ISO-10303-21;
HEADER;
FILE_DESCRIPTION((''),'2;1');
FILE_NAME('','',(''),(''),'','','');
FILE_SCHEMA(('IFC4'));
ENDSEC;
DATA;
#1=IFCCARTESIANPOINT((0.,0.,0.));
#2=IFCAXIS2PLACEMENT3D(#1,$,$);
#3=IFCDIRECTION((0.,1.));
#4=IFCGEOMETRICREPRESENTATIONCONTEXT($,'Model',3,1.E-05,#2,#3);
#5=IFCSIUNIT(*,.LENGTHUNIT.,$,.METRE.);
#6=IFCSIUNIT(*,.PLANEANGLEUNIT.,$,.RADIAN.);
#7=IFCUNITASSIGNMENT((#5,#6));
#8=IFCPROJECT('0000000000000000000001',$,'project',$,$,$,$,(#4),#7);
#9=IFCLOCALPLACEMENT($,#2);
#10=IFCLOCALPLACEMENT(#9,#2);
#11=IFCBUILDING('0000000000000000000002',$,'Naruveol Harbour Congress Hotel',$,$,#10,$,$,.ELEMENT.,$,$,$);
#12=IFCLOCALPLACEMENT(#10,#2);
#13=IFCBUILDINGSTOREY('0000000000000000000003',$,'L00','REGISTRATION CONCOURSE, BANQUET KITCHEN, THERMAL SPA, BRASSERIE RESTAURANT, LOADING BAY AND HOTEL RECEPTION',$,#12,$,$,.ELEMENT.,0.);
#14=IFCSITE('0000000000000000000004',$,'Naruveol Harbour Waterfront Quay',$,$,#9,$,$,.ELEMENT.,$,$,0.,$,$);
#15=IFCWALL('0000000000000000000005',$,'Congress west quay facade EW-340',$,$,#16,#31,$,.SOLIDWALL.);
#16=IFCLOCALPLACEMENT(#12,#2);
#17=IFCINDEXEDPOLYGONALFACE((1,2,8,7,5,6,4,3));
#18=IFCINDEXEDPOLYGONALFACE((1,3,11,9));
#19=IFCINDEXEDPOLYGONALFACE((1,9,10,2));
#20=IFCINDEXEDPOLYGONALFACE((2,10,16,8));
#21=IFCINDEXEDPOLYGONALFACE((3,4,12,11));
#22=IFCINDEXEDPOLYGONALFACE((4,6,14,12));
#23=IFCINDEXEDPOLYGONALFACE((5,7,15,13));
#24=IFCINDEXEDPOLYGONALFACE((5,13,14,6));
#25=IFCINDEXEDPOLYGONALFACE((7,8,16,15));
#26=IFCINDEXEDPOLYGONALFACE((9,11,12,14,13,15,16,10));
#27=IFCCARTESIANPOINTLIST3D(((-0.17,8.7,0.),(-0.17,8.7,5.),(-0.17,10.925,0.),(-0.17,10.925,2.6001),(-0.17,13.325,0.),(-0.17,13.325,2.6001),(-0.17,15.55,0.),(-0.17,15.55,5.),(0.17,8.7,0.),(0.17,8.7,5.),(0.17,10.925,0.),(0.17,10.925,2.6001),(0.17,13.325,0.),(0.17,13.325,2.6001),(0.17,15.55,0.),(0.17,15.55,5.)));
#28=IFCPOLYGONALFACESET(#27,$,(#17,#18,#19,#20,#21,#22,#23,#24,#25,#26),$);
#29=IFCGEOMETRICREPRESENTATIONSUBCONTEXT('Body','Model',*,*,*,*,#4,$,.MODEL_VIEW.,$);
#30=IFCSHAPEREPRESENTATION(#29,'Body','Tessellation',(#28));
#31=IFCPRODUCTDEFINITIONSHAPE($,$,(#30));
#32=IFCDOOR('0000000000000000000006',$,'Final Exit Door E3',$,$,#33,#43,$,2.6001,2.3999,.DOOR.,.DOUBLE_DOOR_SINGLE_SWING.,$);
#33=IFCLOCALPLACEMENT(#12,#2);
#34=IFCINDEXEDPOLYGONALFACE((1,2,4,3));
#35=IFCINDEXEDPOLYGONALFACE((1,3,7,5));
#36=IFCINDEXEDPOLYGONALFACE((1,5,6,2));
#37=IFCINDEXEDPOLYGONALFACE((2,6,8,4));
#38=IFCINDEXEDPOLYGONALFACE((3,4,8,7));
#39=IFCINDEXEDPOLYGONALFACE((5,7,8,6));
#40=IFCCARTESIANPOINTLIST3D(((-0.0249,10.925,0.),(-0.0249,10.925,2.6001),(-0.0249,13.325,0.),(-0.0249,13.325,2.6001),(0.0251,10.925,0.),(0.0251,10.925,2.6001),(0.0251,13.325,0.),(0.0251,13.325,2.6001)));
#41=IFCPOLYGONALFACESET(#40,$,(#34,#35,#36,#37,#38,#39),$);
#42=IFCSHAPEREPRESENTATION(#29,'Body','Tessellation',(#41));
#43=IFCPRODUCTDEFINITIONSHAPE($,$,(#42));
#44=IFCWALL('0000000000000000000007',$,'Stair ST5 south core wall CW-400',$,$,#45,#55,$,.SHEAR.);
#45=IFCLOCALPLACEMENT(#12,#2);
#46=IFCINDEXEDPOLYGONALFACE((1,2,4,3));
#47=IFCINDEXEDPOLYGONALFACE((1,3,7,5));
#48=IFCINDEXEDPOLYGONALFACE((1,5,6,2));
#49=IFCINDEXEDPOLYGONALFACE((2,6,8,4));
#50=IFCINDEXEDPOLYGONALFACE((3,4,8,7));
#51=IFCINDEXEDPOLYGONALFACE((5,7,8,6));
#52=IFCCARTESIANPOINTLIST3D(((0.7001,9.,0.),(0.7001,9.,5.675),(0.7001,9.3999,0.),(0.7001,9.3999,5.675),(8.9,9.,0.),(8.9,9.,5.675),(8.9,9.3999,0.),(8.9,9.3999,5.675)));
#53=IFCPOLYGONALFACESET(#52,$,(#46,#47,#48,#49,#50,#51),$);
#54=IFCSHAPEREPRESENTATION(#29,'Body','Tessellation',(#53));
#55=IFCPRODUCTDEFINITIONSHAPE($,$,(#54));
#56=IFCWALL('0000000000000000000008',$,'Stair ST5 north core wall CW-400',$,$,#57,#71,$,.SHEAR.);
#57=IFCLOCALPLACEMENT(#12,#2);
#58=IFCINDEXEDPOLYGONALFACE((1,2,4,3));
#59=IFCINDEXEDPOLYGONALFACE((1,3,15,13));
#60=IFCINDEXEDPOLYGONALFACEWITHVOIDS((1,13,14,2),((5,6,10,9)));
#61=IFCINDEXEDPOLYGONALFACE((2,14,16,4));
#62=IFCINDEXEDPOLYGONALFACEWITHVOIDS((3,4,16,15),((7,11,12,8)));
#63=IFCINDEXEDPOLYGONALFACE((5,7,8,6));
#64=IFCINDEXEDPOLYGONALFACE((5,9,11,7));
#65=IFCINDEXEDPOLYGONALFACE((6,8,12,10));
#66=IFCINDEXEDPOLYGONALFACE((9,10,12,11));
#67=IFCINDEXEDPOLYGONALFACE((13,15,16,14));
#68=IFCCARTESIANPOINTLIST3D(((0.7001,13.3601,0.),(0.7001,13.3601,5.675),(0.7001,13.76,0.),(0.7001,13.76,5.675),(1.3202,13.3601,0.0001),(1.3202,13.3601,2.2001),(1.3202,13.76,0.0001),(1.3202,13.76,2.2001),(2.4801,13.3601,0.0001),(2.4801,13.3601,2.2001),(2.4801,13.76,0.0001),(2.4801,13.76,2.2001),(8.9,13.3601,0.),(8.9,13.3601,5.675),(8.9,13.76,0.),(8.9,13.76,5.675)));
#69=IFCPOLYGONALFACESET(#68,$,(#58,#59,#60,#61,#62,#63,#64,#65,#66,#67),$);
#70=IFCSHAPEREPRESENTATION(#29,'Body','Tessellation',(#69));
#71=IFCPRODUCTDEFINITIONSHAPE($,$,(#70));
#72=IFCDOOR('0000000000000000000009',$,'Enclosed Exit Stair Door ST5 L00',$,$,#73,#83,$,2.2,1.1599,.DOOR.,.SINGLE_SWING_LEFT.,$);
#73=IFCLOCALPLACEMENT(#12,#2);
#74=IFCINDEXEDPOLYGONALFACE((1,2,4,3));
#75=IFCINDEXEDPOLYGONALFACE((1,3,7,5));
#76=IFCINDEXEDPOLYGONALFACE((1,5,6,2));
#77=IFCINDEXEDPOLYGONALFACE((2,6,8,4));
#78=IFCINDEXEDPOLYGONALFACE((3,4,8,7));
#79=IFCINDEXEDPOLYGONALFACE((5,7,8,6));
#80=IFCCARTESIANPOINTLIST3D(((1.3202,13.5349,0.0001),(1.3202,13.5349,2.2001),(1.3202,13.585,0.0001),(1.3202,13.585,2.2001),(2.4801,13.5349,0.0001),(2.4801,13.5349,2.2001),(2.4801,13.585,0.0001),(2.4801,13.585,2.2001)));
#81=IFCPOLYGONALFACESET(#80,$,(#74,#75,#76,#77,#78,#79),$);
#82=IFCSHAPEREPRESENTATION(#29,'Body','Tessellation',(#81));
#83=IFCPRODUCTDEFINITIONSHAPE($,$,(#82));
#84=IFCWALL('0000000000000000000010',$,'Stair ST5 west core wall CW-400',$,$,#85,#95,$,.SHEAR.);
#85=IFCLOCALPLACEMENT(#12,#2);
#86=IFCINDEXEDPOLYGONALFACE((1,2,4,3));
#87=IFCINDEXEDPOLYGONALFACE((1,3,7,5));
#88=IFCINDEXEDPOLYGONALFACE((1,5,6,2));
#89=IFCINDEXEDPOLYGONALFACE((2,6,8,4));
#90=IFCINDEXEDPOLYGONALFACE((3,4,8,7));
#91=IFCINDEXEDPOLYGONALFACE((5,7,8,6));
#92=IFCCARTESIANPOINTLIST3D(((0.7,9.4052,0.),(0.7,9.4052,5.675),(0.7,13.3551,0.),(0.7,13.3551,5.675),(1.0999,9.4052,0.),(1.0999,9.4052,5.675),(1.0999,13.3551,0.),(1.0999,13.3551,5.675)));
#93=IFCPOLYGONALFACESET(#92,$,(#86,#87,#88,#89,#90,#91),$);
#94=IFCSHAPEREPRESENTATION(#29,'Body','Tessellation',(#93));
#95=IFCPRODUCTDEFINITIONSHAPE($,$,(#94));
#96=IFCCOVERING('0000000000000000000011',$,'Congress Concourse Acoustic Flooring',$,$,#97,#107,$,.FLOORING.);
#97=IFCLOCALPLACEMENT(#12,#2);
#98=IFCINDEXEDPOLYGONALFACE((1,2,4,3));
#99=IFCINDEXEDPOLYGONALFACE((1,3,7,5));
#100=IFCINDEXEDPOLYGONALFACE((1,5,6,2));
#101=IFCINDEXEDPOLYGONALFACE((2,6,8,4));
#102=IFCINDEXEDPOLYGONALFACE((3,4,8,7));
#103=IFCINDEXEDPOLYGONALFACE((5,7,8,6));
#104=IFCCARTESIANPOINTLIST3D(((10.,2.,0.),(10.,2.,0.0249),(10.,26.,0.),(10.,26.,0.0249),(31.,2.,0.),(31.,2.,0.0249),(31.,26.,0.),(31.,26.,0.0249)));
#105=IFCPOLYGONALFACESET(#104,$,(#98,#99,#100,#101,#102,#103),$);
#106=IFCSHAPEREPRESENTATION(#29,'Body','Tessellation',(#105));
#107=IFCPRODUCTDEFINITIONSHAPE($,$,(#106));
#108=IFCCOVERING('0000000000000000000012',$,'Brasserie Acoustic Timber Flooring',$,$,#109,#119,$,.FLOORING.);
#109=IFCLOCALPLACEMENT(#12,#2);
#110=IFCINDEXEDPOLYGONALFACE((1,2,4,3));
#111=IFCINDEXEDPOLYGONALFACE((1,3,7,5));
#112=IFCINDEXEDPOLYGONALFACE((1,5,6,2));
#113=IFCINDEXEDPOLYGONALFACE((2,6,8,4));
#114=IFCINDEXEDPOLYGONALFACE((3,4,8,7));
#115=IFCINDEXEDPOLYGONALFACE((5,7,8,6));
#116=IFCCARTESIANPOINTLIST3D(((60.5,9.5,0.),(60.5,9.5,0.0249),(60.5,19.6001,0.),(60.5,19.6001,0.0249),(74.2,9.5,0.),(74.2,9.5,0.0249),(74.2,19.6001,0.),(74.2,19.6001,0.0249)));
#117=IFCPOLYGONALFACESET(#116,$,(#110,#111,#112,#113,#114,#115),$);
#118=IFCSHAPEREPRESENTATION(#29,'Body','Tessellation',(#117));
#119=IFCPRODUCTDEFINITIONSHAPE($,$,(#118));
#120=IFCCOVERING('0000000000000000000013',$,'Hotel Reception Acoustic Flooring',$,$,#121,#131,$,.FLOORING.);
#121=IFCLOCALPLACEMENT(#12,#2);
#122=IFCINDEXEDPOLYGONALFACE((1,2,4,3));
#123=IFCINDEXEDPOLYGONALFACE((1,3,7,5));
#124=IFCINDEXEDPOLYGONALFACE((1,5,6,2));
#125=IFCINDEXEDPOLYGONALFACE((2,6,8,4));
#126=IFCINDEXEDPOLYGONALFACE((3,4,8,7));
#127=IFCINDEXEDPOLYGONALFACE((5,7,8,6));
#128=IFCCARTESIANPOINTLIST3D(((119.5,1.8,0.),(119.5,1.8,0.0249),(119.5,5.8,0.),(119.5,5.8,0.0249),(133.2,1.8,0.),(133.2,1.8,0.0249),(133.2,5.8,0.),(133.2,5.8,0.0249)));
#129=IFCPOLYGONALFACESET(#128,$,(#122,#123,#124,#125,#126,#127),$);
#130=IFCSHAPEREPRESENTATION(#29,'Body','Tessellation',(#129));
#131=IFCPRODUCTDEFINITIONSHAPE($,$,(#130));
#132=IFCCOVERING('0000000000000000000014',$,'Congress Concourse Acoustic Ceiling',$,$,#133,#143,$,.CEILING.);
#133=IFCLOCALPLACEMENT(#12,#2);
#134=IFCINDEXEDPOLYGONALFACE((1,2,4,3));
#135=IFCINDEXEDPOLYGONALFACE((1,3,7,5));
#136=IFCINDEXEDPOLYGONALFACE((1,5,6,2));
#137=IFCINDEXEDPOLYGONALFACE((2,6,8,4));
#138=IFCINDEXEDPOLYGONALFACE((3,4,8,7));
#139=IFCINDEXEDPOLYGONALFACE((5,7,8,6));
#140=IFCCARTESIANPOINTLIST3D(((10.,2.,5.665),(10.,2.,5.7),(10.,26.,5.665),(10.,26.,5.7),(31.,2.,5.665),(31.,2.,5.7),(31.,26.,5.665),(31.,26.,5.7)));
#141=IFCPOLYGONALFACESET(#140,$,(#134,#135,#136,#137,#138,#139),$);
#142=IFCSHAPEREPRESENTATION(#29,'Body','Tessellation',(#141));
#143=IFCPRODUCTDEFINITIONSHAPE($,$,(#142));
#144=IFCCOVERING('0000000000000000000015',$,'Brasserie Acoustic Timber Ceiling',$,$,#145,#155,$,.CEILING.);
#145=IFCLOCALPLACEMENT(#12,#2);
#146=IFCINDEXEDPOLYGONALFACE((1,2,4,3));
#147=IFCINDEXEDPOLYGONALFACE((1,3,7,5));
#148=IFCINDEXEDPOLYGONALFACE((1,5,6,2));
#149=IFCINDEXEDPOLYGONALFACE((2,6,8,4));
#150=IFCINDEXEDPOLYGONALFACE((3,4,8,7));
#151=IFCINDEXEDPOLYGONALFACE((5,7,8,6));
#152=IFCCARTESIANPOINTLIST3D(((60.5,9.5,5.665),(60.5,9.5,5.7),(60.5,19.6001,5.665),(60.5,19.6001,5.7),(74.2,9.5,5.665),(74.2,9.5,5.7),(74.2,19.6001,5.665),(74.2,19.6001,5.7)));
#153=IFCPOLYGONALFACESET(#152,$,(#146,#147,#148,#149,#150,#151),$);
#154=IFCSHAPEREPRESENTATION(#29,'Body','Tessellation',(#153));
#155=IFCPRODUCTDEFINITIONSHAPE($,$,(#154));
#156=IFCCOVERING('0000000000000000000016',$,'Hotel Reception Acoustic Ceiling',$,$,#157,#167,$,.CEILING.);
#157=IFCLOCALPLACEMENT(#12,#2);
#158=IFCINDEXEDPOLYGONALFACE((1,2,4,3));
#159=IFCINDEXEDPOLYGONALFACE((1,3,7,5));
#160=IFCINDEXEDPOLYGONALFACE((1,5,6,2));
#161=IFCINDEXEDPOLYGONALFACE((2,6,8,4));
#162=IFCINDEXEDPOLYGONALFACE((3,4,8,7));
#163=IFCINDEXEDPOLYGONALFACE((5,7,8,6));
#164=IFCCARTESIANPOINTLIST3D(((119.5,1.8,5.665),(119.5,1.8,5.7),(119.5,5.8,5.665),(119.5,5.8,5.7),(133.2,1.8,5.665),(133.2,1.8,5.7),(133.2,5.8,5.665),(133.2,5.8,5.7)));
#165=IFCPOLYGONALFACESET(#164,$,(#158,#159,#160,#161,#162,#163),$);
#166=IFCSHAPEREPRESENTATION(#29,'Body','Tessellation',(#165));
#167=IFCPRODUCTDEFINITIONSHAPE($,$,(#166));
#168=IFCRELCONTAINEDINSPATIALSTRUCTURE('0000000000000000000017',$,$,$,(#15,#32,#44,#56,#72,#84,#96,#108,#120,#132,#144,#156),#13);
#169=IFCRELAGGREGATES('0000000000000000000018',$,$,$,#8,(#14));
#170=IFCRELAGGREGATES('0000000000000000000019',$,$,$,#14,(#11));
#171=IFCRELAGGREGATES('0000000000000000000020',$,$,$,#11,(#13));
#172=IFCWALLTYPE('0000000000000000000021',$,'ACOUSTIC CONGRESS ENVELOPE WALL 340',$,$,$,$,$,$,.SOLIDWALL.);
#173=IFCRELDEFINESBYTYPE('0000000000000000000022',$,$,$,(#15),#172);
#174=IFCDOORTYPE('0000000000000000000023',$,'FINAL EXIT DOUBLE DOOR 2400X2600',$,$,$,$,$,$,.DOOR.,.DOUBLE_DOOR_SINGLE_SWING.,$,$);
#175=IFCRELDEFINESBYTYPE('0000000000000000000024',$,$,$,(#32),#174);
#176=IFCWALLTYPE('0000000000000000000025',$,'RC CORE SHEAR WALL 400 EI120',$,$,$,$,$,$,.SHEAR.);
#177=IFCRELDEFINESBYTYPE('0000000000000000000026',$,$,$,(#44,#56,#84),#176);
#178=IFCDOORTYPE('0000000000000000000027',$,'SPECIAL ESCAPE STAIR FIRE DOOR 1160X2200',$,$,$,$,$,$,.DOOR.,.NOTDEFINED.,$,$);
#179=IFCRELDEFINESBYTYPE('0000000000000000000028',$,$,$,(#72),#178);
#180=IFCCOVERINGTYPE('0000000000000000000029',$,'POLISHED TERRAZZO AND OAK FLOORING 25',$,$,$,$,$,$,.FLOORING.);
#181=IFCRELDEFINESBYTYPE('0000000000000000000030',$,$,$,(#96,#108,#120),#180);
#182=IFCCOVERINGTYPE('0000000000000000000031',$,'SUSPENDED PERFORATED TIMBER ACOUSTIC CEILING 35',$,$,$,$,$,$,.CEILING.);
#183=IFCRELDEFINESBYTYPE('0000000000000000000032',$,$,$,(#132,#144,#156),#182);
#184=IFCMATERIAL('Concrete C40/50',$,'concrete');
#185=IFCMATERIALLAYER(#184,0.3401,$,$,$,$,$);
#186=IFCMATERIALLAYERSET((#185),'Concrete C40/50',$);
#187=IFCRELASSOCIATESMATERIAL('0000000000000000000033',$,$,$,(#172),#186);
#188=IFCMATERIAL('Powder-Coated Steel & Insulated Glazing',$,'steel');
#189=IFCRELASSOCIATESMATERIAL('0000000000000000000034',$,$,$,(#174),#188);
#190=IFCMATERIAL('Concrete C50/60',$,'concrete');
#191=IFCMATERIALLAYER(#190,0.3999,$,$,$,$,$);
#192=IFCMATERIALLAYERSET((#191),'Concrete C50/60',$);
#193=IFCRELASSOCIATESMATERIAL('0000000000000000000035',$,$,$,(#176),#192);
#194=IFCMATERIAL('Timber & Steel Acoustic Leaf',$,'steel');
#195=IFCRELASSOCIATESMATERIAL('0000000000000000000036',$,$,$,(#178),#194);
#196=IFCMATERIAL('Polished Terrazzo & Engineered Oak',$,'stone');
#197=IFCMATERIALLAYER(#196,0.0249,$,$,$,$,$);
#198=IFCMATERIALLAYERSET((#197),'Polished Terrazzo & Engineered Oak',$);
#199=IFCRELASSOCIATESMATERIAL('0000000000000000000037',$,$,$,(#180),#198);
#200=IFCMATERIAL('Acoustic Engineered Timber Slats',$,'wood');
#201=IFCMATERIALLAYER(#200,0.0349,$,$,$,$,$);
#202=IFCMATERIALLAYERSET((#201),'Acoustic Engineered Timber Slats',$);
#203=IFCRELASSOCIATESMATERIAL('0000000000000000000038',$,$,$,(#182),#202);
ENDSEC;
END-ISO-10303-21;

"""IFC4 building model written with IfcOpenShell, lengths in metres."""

from ifc_helpers import new_model, si_unit, direction, frame, frame_2d, origin, place, context, subcontext, project, spatial, polyline, rectangle, outline, extrude, material, layer, layer_set, type_object, element, fill, save


model = new_model("IFC4")

# Units and contexts
model_context = context("Model", 3, precision=1e-05, world=origin(), true_north=direction((0.0, 1.0)))
body_context = subcontext(model_context, "Body", "Model", "MODEL_VIEW")
ifc_project = project(units=[si_unit("LENGTHUNIT", "METRE"), si_unit("PLANEANGLEUNIT", "RADIAN")], contexts=[model_context])

# Site, building, storey
site_placement = place(None, origin())
site = spatial("IfcSite", under=ifc_project, at=site_placement, Name="Naruveol Harbour Waterfront Quay", CompositionType="ELEMENT", RefElevation=0.0)
building_placement = place(site_placement, origin())
building = spatial("IfcBuilding", under=site, at=building_placement, Name="Naruveol Harbour Congress Hotel", CompositionType="ELEMENT")
storey_placement = place(building_placement, origin())
storey = spatial("IfcBuildingStorey", under=building, at=storey_placement, Name="L00", Description="REGISTRATION CONCOURSE, BANQUET KITCHEN, THERMAL SPA, BRASSERIE RESTAURANT, LOADING BAY AND HOTEL RECEPTION", CompositionType="ELEMENT", Elevation=0.0)

# Shared definitions
ifc_material_1 = material(Name="Concrete C40/50", Category="concrete")
ifc_layer_1 = layer(ifc_material_1, 0.3401)
ifc_layer_set_1 = layer_set([ifc_layer_1], Name="Concrete C40/50")
wall_type_1 = type_object("IfcWallType", Name="ACOUSTIC CONGRESS ENVELOPE WALL 340", PredefinedType="SOLIDWALL", material=ifc_layer_set_1)

# Wall, opening, door
wall_1_placement = place(storey_placement, frame((0.0, 8.7, 0.0), z_axis=(0.0, 0.0, 1.0), x_axis=(0.0, 1.0, 0.0)))
wall_1 = element("IfcWall", 1, at=wall_1_placement, inside=storey, type_object=wall_type_1, Name="Congress west quay facade EW-340", PredefinedType="SOLIDWALL", context=body_context, shape_type="SweptSolid", body=[
    extrude(rectangle(XDim=6.8501, YDim=0.3401, at=frame_2d((3.425, 0.0))), origin(), (0.0, 0.0, 1.0), 5.0),
])
opening_1_placement = place(wall_1_placement, frame((2.2251, 0.0, 0.0)))
opening_1 = element("IfcOpeningElement", 2, at=opening_1_placement, cuts=wall_1, PredefinedType="OPENING", context=body_context, shape_type="SweptSolid", body=[
    extrude(rectangle(XDim=2.3999, YDim=2.6001, at=frame_2d((1.2, 1.3))), frame((0.0, 0.1799, 0.0), z_axis=(0.0, -1.0, 0.0), x_axis=(1.0, 0.0, 0.0)), (0.0, 0.0, 1.0), 0.3601),
])
ifc_material_2 = material(Name="Powder-Coated Steel & Insulated Glazing", Category="steel")
door_type_1 = type_object("IfcDoorType", Name="FINAL EXIT DOUBLE DOOR 2400X2600", OperationType="DOUBLE_DOOR_SINGLE_SWING", PredefinedType="DOOR", material=ifc_material_2)
door_1_placement = place(opening_1_placement, origin())
door_1 = element("IfcDoor", 3, at=door_1_placement, inside=storey, type_object=door_type_1, Name="Final Exit Door E3", OperationType="DOUBLE_DOOR_SINGLE_SWING", OverallHeight=2.6001, OverallWidth=2.3999, PredefinedType="DOOR", context=body_context, shape_type="SweptSolid", body=[
    extrude(rectangle(XDim=2.3999, YDim=2.6001, at=frame_2d((1.2, 1.3))), frame((0.0, 0.0249, 0.0), z_axis=(0.0, -1.0, 0.0), x_axis=(1.0, 0.0, 0.0)), (0.0, 0.0, 1.0), 0.05),
])
fill(opening_1, door_1)

# Wall
ifc_material_3 = material(Name="Concrete C50/60", Category="concrete")
ifc_layer_2 = layer(ifc_material_3, 0.3999)
ifc_layer_set_2 = layer_set([ifc_layer_2], Name="Concrete C50/60")
wall_type_2 = type_object("IfcWallType", Name="RC CORE SHEAR WALL 400 EI120", PredefinedType="SHEAR", material=ifc_layer_set_2)
wall_2_placement = place(storey_placement, frame((0.7, 9.2, 0.0), z_axis=(0.0, 0.0, 1.0), x_axis=(1.0, 0.0, 0.0)))
element("IfcWall", 4, at=wall_2_placement, inside=storey, type_object=wall_type_2, Name="Stair ST5 south core wall CW-400", PredefinedType="SHEAR", context=body_context, shape_type="SweptSolid", body=[
    extrude(rectangle(XDim=8.2, YDim=0.3999, at=frame_2d((4.1001, 0.0))), origin(), (0.0, 0.0, 1.0), 5.675),
])

# Wall, opening, door
wall_3_placement = place(storey_placement, frame((0.7, 13.5601, 0.0), z_axis=(0.0, 0.0, 1.0), x_axis=(1.0, 0.0, 0.0)))
wall_3 = element("IfcWall", 5, at=wall_3_placement, inside=storey, type_object=wall_type_2, Name="Stair ST5 north core wall CW-400", PredefinedType="SHEAR", context=body_context, shape_type="SweptSolid", body=[
    extrude(rectangle(XDim=8.2, YDim=0.3999, at=frame_2d((4.1001, 0.0))), origin(), (0.0, 0.0, 1.0), 5.675),
])
opening_2_placement = place(wall_3_placement, frame((0.6201, 0.0, 0.0)))
opening_2 = element("IfcOpeningElement", 6, at=opening_2_placement, cuts=wall_3, PredefinedType="OPENING", context=body_context, shape_type="SweptSolid", body=[
    extrude(rectangle(XDim=1.1599, YDim=2.2, at=frame_2d((0.5801, 1.1001))), frame((0.0, 0.21, 0.0), z_axis=(0.0, -1.0, 0.0), x_axis=(1.0, 0.0, 0.0)), (0.0, 0.0, 1.0), 0.4199),
])
ifc_material_4 = material(Name="Timber & Steel Acoustic Leaf", Category="steel")
door_type_2 = type_object("IfcDoorType", Name="SPECIAL ESCAPE STAIR FIRE DOOR 1160X2200", OperationType="NOTDEFINED", PredefinedType="DOOR", material=ifc_material_4)
door_2_placement = place(opening_2_placement, origin())
door_2 = element("IfcDoor", 7, at=door_2_placement, inside=storey, type_object=door_type_2, Name="Enclosed Exit Stair Door ST5 L00", OperationType="SINGLE_SWING_LEFT", OverallHeight=2.2, OverallWidth=1.1599, PredefinedType="DOOR", context=body_context, shape_type="SweptSolid", body=[
    extrude(rectangle(XDim=1.1599, YDim=2.2, at=frame_2d((0.5801, 1.1001))), frame((0.0, 0.0249, 0.0), z_axis=(0.0, -1.0, 0.0), x_axis=(1.0, 0.0, 0.0)), (0.0, 0.0, 1.0), 0.05),
])
fill(opening_2, door_2)

# Wall
wall_4_placement = place(storey_placement, frame((0.8999, 9.405, 0.0), z_axis=(0.0, 0.0, 1.0), x_axis=(0.0, 1.0, 0.0)))
element("IfcWall", 8, at=wall_4_placement, inside=storey, type_object=wall_type_2, Name="Stair ST5 west core wall CW-400", PredefinedType="SHEAR", context=body_context, shape_type="SweptSolid", body=[
    extrude(rectangle(XDim=3.95, YDim=0.3999, at=frame_2d((1.9751, 0.0))), origin(), (0.0, 0.0, 1.0), 5.675),
])

# Coverings
ifc_material_5 = material(Name="Polished Terrazzo & Engineered Oak", Category="stone")
ifc_layer_3 = layer(ifc_material_5, 0.0249)
ifc_layer_set_3 = layer_set([ifc_layer_3], Name="Polished Terrazzo & Engineered Oak")
covering_type_1 = type_object("IfcCoveringType", Name="POLISHED TERRAZZO AND OAK FLOORING 25", PredefinedType="FLOORING", material=ifc_layer_set_3)
covering_1_placement = place(storey_placement, origin())
element("IfcCovering", 9, at=covering_1_placement, inside=storey, type_object=covering_type_1, Name="Congress Concourse Acoustic Flooring", PredefinedType="FLOORING", context=body_context, shape_type="SweptSolid", body=[
    extrude(outline(polyline([(10.0, 2.0), (31.0, 2.0), (31.0, 26.0), (10.0, 26.0), (10.0, 2.0)])), origin(), (0.0, 0.0, 1.0), 0.0249),
])
covering_2_placement = place(storey_placement, origin())
element("IfcCovering", 10, at=covering_2_placement, inside=storey, type_object=covering_type_1, Name="Brasserie Acoustic Timber Flooring", PredefinedType="FLOORING", context=body_context, shape_type="SweptSolid", body=[
    extrude(outline(polyline([(60.5, 9.5), (74.2, 9.5), (74.2, 19.6001), (60.5, 19.6001), (60.5, 9.5)])), origin(), (0.0, 0.0, 1.0), 0.0249),
])
covering_3_placement = place(storey_placement, origin())
element("IfcCovering", 11, at=covering_3_placement, inside=storey, type_object=covering_type_1, Name="Hotel Reception Acoustic Flooring", PredefinedType="FLOORING", context=body_context, shape_type="SweptSolid", body=[
    extrude(outline(polyline([(119.5, 1.8), (133.2, 1.8), (133.2, 5.8), (119.5, 5.8), (119.5, 1.8)])), origin(), (0.0, 0.0, 1.0), 0.0249),
])
ifc_material_6 = material(Name="Acoustic Engineered Timber Slats", Category="wood")
ifc_layer_4 = layer(ifc_material_6, 0.0349)
ifc_layer_set_4 = layer_set([ifc_layer_4], Name="Acoustic Engineered Timber Slats")
covering_type_2 = type_object("IfcCoveringType", Name="SUSPENDED PERFORATED TIMBER ACOUSTIC CEILING 35", PredefinedType="CEILING", material=ifc_layer_set_4)
covering_4_placement = place(storey_placement, frame((0.0, 0.0, 5.665)))
element("IfcCovering", 12, at=covering_4_placement, inside=storey, type_object=covering_type_2, Name="Congress Concourse Acoustic Ceiling", PredefinedType="CEILING", context=body_context, shape_type="SweptSolid", body=[
    extrude(outline(polyline([(10.0, 2.0), (31.0, 2.0), (31.0, 26.0), (10.0, 26.0), (10.0, 2.0)])), origin(), (0.0, 0.0, 1.0), 0.0349),
])
covering_5_placement = place(storey_placement, frame((0.0, 0.0, 5.665)))
element("IfcCovering", 13, at=covering_5_placement, inside=storey, type_object=covering_type_2, Name="Brasserie Acoustic Timber Ceiling", PredefinedType="CEILING", context=body_context, shape_type="SweptSolid", body=[
    extrude(outline(polyline([(60.5, 9.5), (74.2, 9.5), (74.2, 19.6001), (60.5, 19.6001), (60.5, 9.5)])), origin(), (0.0, 0.0, 1.0), 0.0349),
])
covering_6_placement = place(storey_placement, frame((0.0, 0.0, 5.665)))
element("IfcCovering", 14, at=covering_6_placement, inside=storey, type_object=covering_type_2, Name="Hotel Reception Acoustic Ceiling", PredefinedType="CEILING", context=body_context, shape_type="SweptSolid", body=[
    extrude(outline(polyline([(119.5, 1.8), (133.2, 1.8), (133.2, 5.8), (119.5, 5.8), (119.5, 1.8)])), origin(), (0.0, 0.0, 1.0), 0.0349),
])

save(model, "model.ifc")
